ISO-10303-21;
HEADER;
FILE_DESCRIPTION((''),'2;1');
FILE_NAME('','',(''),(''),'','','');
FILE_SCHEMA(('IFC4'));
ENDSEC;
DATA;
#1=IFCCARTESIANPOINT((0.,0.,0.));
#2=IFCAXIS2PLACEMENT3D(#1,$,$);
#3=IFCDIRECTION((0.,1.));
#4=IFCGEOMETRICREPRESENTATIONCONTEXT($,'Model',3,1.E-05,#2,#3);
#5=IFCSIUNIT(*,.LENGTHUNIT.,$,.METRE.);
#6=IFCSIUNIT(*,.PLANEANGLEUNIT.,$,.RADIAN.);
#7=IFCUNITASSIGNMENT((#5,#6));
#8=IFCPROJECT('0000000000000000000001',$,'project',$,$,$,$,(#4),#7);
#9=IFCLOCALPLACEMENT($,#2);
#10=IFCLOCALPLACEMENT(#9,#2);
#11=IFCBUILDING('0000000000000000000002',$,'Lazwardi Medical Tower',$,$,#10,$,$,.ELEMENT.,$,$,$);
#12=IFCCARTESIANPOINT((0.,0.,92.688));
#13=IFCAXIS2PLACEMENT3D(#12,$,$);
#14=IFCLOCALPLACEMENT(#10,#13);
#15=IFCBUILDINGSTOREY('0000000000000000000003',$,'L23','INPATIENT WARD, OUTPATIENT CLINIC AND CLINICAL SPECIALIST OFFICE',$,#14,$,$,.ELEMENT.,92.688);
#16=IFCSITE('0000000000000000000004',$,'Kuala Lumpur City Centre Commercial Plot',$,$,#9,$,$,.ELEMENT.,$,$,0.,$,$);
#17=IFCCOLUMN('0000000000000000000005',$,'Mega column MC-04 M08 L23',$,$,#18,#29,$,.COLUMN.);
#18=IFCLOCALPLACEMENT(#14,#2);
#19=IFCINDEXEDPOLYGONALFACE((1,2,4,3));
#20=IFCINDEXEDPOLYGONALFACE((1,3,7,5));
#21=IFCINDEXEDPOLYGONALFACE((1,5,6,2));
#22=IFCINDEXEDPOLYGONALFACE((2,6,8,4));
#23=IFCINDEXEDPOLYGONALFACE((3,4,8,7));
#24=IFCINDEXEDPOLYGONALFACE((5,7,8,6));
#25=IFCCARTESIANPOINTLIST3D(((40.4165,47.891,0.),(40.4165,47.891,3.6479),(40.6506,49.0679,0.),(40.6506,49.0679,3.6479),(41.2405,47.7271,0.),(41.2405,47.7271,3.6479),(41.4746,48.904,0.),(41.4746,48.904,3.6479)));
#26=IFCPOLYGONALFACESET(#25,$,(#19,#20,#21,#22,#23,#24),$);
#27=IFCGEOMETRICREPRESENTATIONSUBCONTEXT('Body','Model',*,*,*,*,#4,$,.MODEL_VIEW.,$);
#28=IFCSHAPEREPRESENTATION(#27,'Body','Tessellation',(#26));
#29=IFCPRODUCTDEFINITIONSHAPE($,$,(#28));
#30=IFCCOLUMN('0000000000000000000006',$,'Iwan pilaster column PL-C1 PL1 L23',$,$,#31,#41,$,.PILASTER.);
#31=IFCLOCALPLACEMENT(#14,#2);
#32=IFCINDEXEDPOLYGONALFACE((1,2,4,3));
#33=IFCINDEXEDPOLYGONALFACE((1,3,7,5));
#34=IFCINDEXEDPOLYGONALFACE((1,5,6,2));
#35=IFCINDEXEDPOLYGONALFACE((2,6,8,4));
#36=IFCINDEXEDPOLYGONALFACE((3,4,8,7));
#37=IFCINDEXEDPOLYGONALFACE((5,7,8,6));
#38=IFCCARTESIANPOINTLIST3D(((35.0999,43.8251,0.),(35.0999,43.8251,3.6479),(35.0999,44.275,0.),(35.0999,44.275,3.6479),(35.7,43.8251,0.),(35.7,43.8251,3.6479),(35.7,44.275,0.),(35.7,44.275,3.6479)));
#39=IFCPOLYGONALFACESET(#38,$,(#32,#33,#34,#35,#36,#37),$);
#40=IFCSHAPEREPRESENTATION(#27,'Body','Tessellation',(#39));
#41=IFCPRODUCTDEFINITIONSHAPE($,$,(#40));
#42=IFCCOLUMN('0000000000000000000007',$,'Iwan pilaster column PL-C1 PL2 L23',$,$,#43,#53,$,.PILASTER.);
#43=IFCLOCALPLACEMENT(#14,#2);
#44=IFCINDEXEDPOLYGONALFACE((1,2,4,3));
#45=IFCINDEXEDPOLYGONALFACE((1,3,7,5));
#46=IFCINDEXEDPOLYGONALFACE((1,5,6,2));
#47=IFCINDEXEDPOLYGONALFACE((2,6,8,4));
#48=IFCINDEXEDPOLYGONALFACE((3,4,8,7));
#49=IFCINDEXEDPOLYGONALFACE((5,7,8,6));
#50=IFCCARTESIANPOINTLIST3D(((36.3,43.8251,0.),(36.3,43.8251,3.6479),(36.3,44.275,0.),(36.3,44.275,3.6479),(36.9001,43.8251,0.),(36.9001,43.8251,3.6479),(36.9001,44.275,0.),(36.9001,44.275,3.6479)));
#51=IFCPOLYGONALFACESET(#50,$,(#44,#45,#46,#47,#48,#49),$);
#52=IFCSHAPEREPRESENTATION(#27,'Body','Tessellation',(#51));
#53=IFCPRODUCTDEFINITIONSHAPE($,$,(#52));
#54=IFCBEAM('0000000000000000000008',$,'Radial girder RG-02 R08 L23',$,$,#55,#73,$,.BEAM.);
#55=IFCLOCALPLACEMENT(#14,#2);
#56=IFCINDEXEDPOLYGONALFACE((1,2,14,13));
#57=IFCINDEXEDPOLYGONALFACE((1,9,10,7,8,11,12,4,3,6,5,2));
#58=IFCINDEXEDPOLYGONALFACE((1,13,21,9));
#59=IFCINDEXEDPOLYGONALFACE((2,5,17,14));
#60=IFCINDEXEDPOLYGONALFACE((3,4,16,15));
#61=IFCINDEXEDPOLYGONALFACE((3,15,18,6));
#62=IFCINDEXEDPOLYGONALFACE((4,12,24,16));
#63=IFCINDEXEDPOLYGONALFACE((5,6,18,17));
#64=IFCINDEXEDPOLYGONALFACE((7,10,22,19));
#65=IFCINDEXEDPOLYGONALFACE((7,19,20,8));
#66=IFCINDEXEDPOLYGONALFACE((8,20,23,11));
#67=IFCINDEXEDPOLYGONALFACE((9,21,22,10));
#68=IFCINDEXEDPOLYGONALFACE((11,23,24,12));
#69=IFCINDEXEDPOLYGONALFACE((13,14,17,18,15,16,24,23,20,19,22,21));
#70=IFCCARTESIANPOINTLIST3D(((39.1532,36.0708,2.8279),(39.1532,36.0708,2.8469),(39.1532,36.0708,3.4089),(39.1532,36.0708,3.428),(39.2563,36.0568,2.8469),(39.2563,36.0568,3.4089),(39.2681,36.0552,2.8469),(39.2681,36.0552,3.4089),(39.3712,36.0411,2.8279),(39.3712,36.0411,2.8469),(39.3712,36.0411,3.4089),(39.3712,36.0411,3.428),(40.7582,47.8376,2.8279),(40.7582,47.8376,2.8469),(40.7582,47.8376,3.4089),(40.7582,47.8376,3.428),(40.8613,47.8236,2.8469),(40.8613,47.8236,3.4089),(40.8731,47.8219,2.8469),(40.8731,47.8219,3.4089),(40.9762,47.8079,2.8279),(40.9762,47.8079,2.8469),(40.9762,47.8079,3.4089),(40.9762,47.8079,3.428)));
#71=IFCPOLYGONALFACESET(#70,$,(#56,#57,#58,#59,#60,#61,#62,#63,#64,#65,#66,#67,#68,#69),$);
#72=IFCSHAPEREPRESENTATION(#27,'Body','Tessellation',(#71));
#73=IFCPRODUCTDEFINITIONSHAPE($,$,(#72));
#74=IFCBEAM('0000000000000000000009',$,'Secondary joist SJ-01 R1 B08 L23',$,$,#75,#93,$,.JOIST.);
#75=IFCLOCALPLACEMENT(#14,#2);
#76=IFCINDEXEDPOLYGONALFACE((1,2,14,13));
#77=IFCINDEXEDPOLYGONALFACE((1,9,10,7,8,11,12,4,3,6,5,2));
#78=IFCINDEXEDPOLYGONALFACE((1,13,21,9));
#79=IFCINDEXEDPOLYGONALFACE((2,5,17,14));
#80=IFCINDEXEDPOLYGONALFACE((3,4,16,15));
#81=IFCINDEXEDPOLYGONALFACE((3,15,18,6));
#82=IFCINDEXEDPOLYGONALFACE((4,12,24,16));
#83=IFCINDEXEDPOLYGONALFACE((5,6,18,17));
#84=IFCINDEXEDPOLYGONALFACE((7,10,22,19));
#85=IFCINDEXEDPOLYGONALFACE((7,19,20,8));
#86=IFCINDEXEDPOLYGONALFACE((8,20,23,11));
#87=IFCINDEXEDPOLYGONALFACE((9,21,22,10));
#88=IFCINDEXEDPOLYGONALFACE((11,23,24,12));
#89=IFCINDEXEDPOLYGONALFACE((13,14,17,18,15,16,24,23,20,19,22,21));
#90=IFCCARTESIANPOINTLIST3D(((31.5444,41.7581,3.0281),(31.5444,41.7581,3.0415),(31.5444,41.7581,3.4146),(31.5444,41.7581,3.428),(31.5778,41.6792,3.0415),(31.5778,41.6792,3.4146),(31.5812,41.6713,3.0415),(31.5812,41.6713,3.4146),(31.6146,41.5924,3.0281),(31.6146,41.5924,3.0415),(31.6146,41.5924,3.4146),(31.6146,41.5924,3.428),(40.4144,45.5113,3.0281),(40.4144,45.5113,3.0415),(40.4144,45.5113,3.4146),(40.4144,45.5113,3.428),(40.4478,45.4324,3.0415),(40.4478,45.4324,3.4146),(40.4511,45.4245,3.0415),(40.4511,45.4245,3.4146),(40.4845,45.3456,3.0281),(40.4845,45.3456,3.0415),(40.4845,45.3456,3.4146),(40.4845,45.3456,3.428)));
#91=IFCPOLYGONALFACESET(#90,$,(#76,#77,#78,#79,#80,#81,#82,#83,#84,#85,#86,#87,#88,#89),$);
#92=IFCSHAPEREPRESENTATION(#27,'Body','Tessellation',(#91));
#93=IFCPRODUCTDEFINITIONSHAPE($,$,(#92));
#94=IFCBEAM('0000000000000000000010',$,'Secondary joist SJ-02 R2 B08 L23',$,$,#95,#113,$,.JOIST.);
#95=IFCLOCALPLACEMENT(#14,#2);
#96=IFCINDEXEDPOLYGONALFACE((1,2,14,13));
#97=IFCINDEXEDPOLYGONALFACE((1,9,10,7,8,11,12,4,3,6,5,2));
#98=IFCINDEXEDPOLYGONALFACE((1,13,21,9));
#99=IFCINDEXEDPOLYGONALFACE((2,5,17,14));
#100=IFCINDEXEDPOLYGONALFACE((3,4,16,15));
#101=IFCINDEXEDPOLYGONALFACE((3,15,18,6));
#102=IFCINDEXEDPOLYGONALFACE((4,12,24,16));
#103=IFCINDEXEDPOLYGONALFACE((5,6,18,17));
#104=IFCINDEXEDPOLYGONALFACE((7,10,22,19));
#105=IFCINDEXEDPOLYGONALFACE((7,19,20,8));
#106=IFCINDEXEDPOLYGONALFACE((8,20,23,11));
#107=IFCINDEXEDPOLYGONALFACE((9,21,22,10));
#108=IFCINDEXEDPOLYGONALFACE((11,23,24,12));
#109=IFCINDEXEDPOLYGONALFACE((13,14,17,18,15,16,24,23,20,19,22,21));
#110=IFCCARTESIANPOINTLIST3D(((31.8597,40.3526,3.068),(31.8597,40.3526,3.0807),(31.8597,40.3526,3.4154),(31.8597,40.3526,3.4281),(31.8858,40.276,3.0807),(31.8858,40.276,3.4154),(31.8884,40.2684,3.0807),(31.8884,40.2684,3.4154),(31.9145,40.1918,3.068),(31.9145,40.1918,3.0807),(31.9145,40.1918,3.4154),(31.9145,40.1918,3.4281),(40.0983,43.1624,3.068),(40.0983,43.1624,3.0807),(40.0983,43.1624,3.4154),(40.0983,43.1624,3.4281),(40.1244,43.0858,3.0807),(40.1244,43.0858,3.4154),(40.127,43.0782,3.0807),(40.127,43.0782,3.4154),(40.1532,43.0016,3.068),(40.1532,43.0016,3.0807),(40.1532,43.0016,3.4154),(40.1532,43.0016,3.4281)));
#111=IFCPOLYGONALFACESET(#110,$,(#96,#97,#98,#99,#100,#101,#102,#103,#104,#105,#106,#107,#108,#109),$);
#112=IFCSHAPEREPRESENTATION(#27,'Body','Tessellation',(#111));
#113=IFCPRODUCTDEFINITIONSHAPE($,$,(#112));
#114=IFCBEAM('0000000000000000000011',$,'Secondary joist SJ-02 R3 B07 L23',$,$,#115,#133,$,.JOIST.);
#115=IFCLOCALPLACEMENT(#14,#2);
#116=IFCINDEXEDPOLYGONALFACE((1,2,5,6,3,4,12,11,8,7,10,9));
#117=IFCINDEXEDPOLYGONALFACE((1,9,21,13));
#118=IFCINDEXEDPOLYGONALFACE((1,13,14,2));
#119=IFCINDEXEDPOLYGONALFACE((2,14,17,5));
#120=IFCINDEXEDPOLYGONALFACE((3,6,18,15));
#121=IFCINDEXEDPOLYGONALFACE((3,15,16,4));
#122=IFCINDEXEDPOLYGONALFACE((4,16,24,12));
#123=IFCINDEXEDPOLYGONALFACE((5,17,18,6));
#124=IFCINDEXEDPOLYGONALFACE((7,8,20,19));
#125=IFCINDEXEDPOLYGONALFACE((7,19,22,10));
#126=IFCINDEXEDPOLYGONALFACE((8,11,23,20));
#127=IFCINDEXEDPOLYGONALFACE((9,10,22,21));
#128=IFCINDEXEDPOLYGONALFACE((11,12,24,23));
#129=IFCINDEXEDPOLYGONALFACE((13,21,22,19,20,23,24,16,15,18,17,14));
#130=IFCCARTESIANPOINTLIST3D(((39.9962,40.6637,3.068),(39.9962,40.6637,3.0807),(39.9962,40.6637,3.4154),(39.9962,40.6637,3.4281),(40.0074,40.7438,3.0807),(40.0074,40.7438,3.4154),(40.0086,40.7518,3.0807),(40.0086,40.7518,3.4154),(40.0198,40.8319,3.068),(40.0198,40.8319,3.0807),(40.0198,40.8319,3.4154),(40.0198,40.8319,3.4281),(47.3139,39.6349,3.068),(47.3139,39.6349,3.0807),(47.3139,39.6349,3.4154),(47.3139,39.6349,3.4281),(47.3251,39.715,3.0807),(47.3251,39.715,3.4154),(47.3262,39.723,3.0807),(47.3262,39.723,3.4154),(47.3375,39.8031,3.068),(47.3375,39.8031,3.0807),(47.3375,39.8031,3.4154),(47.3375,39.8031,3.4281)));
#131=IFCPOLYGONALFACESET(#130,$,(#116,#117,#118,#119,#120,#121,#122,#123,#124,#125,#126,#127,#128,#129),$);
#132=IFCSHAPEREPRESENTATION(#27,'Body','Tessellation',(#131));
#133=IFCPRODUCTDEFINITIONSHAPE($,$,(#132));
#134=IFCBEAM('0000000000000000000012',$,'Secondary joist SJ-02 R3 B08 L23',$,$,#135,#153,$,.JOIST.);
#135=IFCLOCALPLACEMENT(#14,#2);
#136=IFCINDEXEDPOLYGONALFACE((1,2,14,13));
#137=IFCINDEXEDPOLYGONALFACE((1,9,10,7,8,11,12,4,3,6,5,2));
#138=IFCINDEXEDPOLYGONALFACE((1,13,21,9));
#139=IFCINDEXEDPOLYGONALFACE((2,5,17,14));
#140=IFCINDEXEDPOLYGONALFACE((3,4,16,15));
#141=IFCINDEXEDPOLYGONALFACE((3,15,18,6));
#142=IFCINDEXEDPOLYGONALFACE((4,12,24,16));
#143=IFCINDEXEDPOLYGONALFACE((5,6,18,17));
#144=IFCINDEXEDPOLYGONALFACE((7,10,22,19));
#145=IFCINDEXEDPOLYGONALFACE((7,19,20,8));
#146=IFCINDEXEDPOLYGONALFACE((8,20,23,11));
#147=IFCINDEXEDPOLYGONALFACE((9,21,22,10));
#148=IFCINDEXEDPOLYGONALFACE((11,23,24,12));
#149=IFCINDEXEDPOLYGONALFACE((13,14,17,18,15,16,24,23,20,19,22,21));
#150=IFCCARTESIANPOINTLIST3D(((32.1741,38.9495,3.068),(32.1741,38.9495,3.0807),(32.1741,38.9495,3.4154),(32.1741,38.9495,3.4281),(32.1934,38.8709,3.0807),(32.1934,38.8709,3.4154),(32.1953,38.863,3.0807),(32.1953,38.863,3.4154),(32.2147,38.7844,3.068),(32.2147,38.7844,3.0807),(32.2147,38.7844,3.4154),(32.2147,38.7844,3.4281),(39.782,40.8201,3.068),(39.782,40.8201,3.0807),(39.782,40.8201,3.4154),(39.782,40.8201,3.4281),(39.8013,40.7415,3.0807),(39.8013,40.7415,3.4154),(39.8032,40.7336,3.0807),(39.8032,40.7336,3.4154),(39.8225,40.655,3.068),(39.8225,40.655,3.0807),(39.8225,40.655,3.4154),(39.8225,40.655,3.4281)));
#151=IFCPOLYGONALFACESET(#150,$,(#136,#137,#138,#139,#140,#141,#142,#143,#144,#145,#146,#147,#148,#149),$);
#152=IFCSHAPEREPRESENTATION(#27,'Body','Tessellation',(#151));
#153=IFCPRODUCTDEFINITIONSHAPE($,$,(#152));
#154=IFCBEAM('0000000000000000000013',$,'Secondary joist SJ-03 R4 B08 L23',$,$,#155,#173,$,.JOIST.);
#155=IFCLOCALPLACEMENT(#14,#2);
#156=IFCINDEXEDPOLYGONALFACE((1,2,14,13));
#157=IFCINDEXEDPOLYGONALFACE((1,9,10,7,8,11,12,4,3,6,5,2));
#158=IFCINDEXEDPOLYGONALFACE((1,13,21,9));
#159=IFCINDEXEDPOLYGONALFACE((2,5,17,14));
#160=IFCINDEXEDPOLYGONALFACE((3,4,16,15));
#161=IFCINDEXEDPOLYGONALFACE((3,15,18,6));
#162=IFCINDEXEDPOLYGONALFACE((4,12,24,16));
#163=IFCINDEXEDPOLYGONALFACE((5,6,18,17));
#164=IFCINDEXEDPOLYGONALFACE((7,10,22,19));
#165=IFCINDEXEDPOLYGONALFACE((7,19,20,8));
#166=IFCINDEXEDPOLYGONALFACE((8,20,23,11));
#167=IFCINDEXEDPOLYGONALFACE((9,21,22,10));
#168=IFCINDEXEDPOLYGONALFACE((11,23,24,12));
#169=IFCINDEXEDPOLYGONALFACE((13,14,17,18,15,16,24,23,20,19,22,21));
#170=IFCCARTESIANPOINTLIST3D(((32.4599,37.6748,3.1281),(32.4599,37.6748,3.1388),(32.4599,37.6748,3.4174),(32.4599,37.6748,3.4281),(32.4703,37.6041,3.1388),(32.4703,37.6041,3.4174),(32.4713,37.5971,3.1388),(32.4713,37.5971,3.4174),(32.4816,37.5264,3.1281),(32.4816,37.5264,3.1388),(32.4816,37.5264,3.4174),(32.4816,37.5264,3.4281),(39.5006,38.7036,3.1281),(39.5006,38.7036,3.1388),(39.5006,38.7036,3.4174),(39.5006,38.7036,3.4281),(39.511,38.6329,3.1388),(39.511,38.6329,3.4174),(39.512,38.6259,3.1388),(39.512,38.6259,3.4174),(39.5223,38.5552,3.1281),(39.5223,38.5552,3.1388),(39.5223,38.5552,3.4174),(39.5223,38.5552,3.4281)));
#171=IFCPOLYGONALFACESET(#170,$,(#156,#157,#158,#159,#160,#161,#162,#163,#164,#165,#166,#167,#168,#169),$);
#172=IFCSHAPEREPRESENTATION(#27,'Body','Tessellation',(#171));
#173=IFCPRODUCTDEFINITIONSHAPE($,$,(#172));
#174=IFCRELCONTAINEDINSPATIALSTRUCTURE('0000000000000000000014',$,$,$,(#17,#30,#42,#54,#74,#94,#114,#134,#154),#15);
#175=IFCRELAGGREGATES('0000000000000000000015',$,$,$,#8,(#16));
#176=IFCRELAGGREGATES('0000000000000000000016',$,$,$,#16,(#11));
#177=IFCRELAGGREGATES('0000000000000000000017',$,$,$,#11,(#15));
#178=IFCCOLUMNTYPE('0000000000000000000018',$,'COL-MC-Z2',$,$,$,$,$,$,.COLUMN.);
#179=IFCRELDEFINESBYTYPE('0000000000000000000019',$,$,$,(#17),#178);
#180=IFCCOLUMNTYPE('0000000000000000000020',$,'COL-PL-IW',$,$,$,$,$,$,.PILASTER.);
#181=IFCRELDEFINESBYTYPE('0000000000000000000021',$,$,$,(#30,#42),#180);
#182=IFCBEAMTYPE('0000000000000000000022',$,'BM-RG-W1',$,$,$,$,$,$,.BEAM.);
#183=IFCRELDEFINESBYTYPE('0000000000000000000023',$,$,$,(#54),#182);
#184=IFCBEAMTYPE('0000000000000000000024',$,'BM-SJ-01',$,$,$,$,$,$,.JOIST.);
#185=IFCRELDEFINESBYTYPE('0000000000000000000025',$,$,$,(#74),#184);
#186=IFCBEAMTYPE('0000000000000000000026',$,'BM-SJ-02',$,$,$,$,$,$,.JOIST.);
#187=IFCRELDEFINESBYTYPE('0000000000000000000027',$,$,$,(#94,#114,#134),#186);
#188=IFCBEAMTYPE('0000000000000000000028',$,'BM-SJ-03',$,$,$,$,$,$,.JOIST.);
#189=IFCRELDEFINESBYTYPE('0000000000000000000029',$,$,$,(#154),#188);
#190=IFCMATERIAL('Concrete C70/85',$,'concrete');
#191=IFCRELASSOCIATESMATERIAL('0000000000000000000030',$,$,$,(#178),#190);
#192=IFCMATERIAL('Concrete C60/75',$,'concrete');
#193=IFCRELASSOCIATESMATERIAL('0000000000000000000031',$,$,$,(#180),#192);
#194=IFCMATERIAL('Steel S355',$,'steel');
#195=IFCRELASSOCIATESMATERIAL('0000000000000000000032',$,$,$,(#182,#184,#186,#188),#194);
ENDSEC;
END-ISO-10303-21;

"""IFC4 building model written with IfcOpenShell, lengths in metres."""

from ifc_helpers import new_model, si_unit, direction, frame, origin, origin_2d, place, context, subcontext, project, spatial, rectangle, i_section, extrude, material, material_profile, profile_set, type_object, element, save


model = new_model("IFC4")

# Units and contexts
model_context = context("Model", 3, precision=1e-05, world=origin(), true_north=direction((0.0, 1.0)))
body_context = subcontext(model_context, "Body", "Model", "MODEL_VIEW")
ifc_project = project(units=[si_unit("LENGTHUNIT", "METRE"), si_unit("PLANEANGLEUNIT", "RADIAN")], contexts=[model_context])

# Site, building, storey
site_placement = place(None, origin())
site = spatial("IfcSite", under=ifc_project, at=site_placement, Name="Kuala Lumpur City Centre Commercial Plot", CompositionType="ELEMENT", RefElevation=0.0)
building_placement = place(site_placement, origin())
building = spatial("IfcBuilding", under=site, at=building_placement, Name="Lazwardi Medical Tower", CompositionType="ELEMENT")
storey_placement = place(building_placement, frame((0.0, 0.0, 92.688)))
storey = spatial("IfcBuildingStorey", under=building, at=storey_placement, Name="L23", Description="INPATIENT WARD, OUTPATIENT CLINIC AND CLINICAL SPECIALIST OFFICE", CompositionType="ELEMENT", Elevation=92.688)

# Columns
ifc_material_1 = material(Name="Concrete C70/85", Category="concrete")
ifc_material_profile_1 = material_profile(ifc_material_1, rectangle(XDim=1.2, YDim=0.8401, at=origin_2d()), Name="CFT-RECT 1200x840")
ifc_profile_set_1 = profile_set([ifc_material_profile_1], Name="Concrete C70/85")
column_type_1 = type_object("IfcColumnType", Name="COL-MC-Z2", PredefinedType="COLUMN", material=ifc_profile_set_1)
column_placement = place(storey_placement, frame((40.9456, 48.3975, 0.0), z_axis=(0.0, 0.0, 1.0), x_axis=(0.19509, 0.980785, 0.0)))
element("IfcColumn", 1, at=column_placement, inside=storey, type_object=column_type_1, Name="Mega column MC-04 M08 L23", PredefinedType="COLUMN", context=body_context, shape_type="SweptSolid", body=[
    extrude(rectangle(XDim=1.2, YDim=0.8401, at=origin_2d()), origin(), (0.0, 0.0, 1.0), 3.6479),
])
ifc_material_2 = material(Name="Concrete C60/75", Category="concrete")
ifc_material_profile_2 = material_profile(ifc_material_2, rectangle(XDim=0.6001, YDim=0.45, at=origin_2d()), Name="RC 600x450")
ifc_profile_set_2 = profile_set([ifc_material_profile_2], Name="Concrete C60/75")
column_type_2 = type_object("IfcColumnType", Name="COL-PL-IW", PredefinedType="PILASTER", material=ifc_profile_set_2)
for number, where, z_axis, x_axis, name in (
    (2, (35.3999, 44.05, 0.0), (0.0, 0.0, 1.0), (1.0, 0.0, 0.0), "Iwan pilaster column PL-C1 PL1 L23"),
    (3, (36.6001, 44.05, 0.0), (0.0, 0.0, 1.0), (1.0, 0.0, 0.0), "Iwan pilaster column PL-C1 PL2 L23"),
):
    element("IfcColumn", number, at=place(storey_placement, frame(where, z_axis=z_axis, x_axis=x_axis)), inside=storey, type_object=column_type_2, Name=name, PredefinedType="PILASTER", context=body_context, shape_type="SweptSolid", body=[
        extrude(rectangle(XDim=0.6001, YDim=0.45, at=origin_2d()), origin(), (0.0, 0.0, 1.0), 3.6479),
    ])

# Beams
ifc_material_3 = material(Name="Steel S355", Category="steel")
ifc_material_profile_3 = material_profile(ifc_material_3, i_section(OverallWidth=0.22, OverallDepth=0.6001, WebThickness=0.012, FlangeThickness=0.019, at=origin_2d()), Name="IPE 600")
ifc_profile_set_3 = profile_set([ifc_material_profile_3], Name="Steel S355")
beam_type_1 = type_object("IfcBeamType", Name="BM-RG-W1", PredefinedType="BEAM", material=ifc_profile_set_3)
beam_1_placement = place(storey_placement, frame((40.8672, 47.8228, 3.1279), z_axis=(-0.135147, -0.990826, 0.0), x_axis=(0.990826, -0.135147, 0.0)))
element("IfcBeam", 4, at=beam_1_placement, inside=storey, type_object=beam_type_1, Name="Radial girder RG-02 R08 L23", PredefinedType="BEAM", context=body_context, shape_type="SweptSolid", body=[
    extrude(i_section(OverallWidth=0.22, OverallDepth=0.6001, WebThickness=0.012, FlangeThickness=0.019, at=origin_2d()), origin(), (0.0, 0.0, 1.0), 11.8757),
])
ifc_material_profile_4 = material_profile(ifc_material_3, i_section(OverallWidth=0.1799, OverallDepth=0.3999, WebThickness=0.0085, FlangeThickness=0.0134, at=origin_2d()), Name="IPE 400")
ifc_profile_set_4 = profile_set([ifc_material_profile_4], Name="Steel S355")
beam_type_2 = type_object("IfcBeamType", Name="BM-SJ-01", PredefinedType="JOIST", material=ifc_profile_set_4)
beam_2_placement = place(storey_placement, frame((40.4495, 45.4285, 3.228), z_axis=(-0.920947, -0.389687, 0.0), x_axis=(0.389687, -0.920947, 0.0)))
element("IfcBeam", 5, at=beam_2_placement, inside=storey, type_object=beam_type_2, Name="Secondary joist SJ-01 R1 B08 L23", PredefinedType="JOIST", context=body_context, shape_type="SweptSolid", body=[
    extrude(i_section(OverallWidth=0.1799, OverallDepth=0.3999, WebThickness=0.0085, FlangeThickness=0.0134, at=origin_2d()), origin(), (0.0, 0.0, 1.0), 9.6313),
])
ifc_material_profile_5 = material_profile(ifc_material_3, i_section(OverallWidth=0.1699, OverallDepth=0.3601, WebThickness=0.0081, FlangeThickness=0.0127, at=origin_2d()), Name="IPE 360")
ifc_profile_set_5 = profile_set([ifc_material_profile_5], Name="Steel S355")
beam_type_3 = type_object("IfcBeamType", Name="BM-SJ-02", PredefinedType="JOIST", material=ifc_profile_set_5)
beam_3_placement = place(storey_placement, frame((40.1257, 43.082, 3.248), z_axis=(-0.946467, -0.3228, 0.0), x_axis=(0.3228, -0.946467, 0.0)))
element("IfcBeam", 6, at=beam_3_placement, inside=storey, type_object=beam_type_3, Name="Secondary joist SJ-02 R2 B08 L23", PredefinedType="JOIST", context=body_context, shape_type="SweptSolid", body=[
    extrude(i_section(OverallWidth=0.1699, OverallDepth=0.3601, WebThickness=0.0081, FlangeThickness=0.0127, at=origin_2d()), origin(), (0.0, 0.0, 1.0), 8.7046),
])
beam_4_placement = place(storey_placement, frame((47.3257, 39.719, 3.248), z_axis=(-0.990261, 0.139224, 0.0), x_axis=(-0.139224, -0.990261, 0.0)))
element("IfcBeam", 7, at=beam_4_placement, inside=storey, type_object=beam_type_3, Name="Secondary joist SJ-02 R3 B07 L23", PredefinedType="JOIST", context=body_context, shape_type="SweptSolid", body=[
    extrude(i_section(OverallWidth=0.1699, OverallDepth=0.3601, WebThickness=0.0081, FlangeThickness=0.0127, at=origin_2d()), origin(), (0.0, 0.0, 1.0), 7.3896),
])
beam_5_placement = place(storey_placement, frame((39.8022, 40.7375, 3.248), z_axis=(-0.971077, -0.238765, 0.0), x_axis=(0.238765, -0.971077, 0.0)))
element("IfcBeam", 8, at=beam_5_placement, inside=storey, type_object=beam_type_3, Name="Secondary joist SJ-02 R3 B08 L23", PredefinedType="JOIST", context=body_context, shape_type="SweptSolid", body=[
    extrude(i_section(OverallWidth=0.1699, OverallDepth=0.3601, WebThickness=0.0081, FlangeThickness=0.0127, at=origin_2d()), origin(), (0.0, 0.0, 1.0), 7.8345),
])
ifc_material_profile_6 = material_profile(ifc_material_3, i_section(OverallWidth=0.1499, OverallDepth=0.3, WebThickness=0.0071, FlangeThickness=0.0107, at=origin_2d()), Name="IPE 300")
ifc_profile_set_6 = profile_set([ifc_material_profile_6], Name="Steel S355")
beam_type_4 = type_object("IfcBeamType", Name="BM-SJ-03", PredefinedType="JOIST", material=ifc_profile_set_6)
beam_6_placement = place(storey_placement, frame((39.5115, 38.6294, 3.2781), z_axis=(-0.989492, -0.144586, 0.0), x_axis=(0.144586, -0.989492, 0.0)))
element("IfcBeam", 9, at=beam_6_placement, inside=storey, type_object=beam_type_4, Name="Secondary joist SJ-03 R4 B08 L23", PredefinedType="JOIST", context=body_context, shape_type="SweptSolid", body=[
    extrude(i_section(OverallWidth=0.1499, OverallDepth=0.3, WebThickness=0.0071, FlangeThickness=0.0107, at=origin_2d()), origin(), (0.0, 0.0, 1.0), 7.1155),
])

save(model, "model.ifc")
